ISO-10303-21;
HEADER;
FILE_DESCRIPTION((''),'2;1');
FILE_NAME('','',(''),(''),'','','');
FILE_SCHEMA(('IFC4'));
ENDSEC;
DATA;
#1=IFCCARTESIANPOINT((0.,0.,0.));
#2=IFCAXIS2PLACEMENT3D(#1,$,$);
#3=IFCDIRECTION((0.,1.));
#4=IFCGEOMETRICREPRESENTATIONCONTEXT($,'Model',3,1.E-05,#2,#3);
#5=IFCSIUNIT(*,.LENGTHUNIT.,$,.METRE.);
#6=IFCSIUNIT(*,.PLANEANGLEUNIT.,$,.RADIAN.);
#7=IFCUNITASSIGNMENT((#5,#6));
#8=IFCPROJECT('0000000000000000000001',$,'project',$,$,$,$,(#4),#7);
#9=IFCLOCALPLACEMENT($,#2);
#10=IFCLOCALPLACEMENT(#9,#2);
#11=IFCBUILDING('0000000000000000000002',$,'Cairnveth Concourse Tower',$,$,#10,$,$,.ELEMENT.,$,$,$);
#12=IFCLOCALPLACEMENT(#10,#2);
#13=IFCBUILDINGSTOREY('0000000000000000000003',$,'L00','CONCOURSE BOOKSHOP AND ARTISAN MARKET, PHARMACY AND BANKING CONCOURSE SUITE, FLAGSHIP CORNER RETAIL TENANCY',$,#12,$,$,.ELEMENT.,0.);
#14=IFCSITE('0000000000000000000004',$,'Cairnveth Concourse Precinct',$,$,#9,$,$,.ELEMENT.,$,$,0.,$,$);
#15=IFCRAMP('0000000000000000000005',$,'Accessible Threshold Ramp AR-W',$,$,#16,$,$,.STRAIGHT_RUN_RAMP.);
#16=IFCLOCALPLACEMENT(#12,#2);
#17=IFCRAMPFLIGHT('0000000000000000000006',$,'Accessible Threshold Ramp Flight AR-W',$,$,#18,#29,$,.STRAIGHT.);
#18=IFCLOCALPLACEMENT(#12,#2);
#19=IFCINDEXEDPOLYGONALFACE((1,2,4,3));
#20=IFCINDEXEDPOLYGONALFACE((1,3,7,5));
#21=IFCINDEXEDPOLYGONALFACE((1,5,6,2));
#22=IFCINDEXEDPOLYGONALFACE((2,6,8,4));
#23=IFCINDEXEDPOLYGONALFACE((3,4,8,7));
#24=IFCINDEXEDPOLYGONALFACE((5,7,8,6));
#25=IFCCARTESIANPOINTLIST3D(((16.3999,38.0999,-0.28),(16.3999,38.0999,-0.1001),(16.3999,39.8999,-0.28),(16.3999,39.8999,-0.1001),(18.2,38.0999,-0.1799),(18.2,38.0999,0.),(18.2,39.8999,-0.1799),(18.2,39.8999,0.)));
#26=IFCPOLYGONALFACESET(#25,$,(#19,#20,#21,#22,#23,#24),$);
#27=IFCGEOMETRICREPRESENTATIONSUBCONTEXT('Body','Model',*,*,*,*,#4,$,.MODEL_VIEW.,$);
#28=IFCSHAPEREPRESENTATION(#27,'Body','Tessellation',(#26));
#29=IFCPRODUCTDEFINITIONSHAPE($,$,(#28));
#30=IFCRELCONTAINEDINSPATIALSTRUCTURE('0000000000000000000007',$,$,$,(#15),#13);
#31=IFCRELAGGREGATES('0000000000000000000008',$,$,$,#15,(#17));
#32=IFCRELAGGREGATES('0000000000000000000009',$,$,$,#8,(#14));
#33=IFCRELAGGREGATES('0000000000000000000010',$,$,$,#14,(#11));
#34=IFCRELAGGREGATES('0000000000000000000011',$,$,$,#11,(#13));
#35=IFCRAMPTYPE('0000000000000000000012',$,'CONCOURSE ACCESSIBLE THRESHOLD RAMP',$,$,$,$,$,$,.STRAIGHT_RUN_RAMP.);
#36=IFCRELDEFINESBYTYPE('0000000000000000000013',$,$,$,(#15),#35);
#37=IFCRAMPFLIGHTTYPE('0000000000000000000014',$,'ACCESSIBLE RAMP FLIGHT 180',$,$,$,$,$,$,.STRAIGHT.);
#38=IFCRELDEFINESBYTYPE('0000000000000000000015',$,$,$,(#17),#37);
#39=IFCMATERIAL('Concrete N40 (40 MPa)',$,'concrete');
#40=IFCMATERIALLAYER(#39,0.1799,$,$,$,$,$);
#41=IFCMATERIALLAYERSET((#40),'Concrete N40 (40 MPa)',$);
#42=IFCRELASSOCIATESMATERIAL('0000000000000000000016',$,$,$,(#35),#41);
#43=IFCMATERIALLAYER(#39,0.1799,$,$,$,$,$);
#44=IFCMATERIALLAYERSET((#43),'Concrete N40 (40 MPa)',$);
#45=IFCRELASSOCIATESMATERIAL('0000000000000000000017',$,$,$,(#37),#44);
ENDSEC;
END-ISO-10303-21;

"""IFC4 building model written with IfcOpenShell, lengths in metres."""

from ifc_helpers import new_model, si_unit, direction, frame, origin, place, context, subcontext, project, spatial, polyline, outline, extrude, material, layer, layer_set, type_object, element, aggregate, save


model = new_model("IFC4")

# Units and contexts
model_context = context("Model", 3, precision=1e-05, world=origin(), true_north=direction((0.0, 1.0)))
body_context = subcontext(model_context, "Body", "Model", "MODEL_VIEW")
ifc_project = project(units=[si_unit("LENGTHUNIT", "METRE"), si_unit("PLANEANGLEUNIT", "RADIAN")], contexts=[model_context])

# Site, building, storey
site_placement = place(None, origin())
site = spatial("IfcSite", under=ifc_project, at=site_placement, Name="Cairnveth Concourse Precinct", CompositionType="ELEMENT", RefElevation=0.0)
building_placement = place(site_placement, origin())
building = spatial("IfcBuilding", under=site, at=building_placement, Name="Cairnveth Concourse Tower", CompositionType="ELEMENT")
storey_placement = place(building_placement, origin())
storey = spatial("IfcBuildingStorey", under=building, at=storey_placement, Name="L00", Description="CONCOURSE BOOKSHOP AND ARTISAN MARKET, PHARMACY AND BANKING CONCOURSE SUITE, FLAGSHIP CORNER RETAIL TENANCY", CompositionType="ELEMENT", Elevation=0.0)

# Ramp, ramp flight
ifc_material_1 = material(Name="Concrete N40 (40 MPa)", Category="concrete")
ifc_layer_1 = layer(ifc_material_1, 0.1799)
ifc_layer_set_1 = layer_set([ifc_layer_1], Name="Concrete N40 (40 MPa)")
ramp_type = type_object("IfcRampType", Name="CONCOURSE ACCESSIBLE THRESHOLD RAMP", PredefinedType="STRAIGHT_RUN_RAMP", material=ifc_layer_set_1)
ramp_placement = place(storey_placement, origin())
ramp = element("IfcRamp", 1, at=ramp_placement, inside=storey, type_object=ramp_type, Name="Accessible Threshold Ramp AR-W", PredefinedType="STRAIGHT_RUN_RAMP")
ifc_layer_2 = layer(ifc_material_1, 0.1799)
ifc_layer_set_2 = layer_set([ifc_layer_2], Name="Concrete N40 (40 MPa)")
ramp_flight_type = type_object("IfcRampFlightType", Name="ACCESSIBLE RAMP FLIGHT 180", PredefinedType="STRAIGHT", material=ifc_layer_set_2)
ramp_flight_placement = place(storey_placement, frame((16.3999, 39.0, -0.1001), z_axis=(0.0, 0.0, 1.0), x_axis=(1.0, 0.0, 0.0)))
ramp_flight = element("IfcRampFlight", 2, at=ramp_flight_placement, type_object=ramp_flight_type, Name="Accessible Threshold Ramp Flight AR-W", PredefinedType="STRAIGHT", context=body_context, shape_type="SweptSolid", body=[
    extrude(outline(polyline([(0.0, 0.0), (1.8, 0.1001), (1.8, -0.0798), (0.0, -0.1799), (0.0, 0.0)])), frame((0.0, 0.8999, 0.0), z_axis=(0.0, -1.0, 0.0), x_axis=(1.0, 0.0, 0.0)), (0.0, 0.0, 1.0), 1.8),
])
aggregate(ramp, [ramp_flight])

save(model, "model.ifc")
